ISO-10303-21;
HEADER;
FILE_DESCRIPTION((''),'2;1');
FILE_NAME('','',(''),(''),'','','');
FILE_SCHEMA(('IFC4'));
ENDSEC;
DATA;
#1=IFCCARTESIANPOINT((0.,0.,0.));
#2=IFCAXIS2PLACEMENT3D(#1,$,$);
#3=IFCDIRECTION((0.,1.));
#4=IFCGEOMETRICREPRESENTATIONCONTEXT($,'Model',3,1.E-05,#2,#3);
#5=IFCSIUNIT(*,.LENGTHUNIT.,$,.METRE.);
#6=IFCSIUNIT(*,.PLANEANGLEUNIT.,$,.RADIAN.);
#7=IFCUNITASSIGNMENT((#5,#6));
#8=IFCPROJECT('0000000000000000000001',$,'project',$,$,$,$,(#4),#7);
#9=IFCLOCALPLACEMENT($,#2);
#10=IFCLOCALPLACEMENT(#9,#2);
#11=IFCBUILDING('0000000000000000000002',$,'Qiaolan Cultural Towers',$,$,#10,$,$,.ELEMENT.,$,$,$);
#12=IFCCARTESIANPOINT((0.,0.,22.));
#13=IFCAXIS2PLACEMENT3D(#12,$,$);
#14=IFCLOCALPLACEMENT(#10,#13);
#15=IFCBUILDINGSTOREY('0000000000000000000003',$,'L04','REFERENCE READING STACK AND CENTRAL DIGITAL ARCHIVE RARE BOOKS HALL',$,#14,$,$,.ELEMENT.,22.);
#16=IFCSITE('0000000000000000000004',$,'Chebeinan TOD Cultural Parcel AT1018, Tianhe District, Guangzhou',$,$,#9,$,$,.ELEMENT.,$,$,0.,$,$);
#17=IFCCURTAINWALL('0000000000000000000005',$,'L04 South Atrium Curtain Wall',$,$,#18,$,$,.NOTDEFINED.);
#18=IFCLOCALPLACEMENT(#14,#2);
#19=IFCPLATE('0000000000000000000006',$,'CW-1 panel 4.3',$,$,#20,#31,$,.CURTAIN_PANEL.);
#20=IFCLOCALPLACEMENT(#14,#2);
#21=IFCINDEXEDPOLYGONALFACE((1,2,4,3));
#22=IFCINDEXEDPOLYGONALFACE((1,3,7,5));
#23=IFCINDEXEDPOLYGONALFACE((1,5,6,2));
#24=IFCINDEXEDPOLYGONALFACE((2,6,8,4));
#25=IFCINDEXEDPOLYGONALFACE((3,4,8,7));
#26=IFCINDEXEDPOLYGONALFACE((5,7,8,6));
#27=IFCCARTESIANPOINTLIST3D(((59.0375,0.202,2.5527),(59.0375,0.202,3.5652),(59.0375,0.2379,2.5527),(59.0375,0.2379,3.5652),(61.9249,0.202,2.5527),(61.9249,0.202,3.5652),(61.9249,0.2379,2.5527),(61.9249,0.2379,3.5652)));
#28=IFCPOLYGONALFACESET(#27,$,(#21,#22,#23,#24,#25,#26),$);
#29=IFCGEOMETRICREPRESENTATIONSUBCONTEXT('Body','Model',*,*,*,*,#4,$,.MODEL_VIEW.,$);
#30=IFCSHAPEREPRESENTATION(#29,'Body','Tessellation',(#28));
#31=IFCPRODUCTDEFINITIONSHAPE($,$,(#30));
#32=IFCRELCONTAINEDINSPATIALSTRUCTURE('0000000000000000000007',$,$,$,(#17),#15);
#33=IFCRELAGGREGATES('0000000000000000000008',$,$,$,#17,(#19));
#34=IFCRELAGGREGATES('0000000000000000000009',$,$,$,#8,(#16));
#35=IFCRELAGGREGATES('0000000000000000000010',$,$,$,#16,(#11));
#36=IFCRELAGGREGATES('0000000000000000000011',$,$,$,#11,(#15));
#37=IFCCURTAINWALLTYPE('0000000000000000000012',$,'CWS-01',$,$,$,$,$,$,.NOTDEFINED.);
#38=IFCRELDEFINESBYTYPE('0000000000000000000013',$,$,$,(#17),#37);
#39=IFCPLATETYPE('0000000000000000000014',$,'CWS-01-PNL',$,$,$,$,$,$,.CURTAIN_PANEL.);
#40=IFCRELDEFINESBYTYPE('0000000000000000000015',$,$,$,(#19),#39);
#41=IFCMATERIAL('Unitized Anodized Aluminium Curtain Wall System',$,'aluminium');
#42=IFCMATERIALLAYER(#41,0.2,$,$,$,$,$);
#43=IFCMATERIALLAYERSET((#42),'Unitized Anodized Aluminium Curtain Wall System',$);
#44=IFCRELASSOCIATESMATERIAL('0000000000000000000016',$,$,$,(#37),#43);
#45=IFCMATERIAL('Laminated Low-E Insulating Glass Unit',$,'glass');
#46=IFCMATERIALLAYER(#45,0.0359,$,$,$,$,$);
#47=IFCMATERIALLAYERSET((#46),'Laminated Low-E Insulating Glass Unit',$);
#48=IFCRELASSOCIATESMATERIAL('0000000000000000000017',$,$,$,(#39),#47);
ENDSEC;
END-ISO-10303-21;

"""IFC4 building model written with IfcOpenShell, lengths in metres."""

from ifc_helpers import new_model, si_unit, direction, frame, origin, origin_2d, place, context, subcontext, project, spatial, rectangle, extrude, material, layer, layer_set, type_object, element, aggregate, save


model = new_model("IFC4")

# Units and contexts
model_context = context("Model", 3, precision=1e-05, world=origin(), true_north=direction((0.0, 1.0)))
body_context = subcontext(model_context, "Body", "Model", "MODEL_VIEW")
ifc_project = project(units=[si_unit("LENGTHUNIT", "METRE"), si_unit("PLANEANGLEUNIT", "RADIAN")], contexts=[model_context])

# Site, building, storey
site_placement = place(None, origin())
site = spatial("IfcSite", under=ifc_project, at=site_placement, Name="Chebeinan TOD Cultural Parcel AT1018, Tianhe District, Guangzhou", CompositionType="ELEMENT", RefElevation=0.0)
building_placement = place(site_placement, origin())
building = spatial("IfcBuilding", under=site, at=building_placement, Name="Qiaolan Cultural Towers", CompositionType="ELEMENT")
storey_placement = place(building_placement, frame((0.0, 0.0, 22.0)))
storey = spatial("IfcBuildingStorey", under=building, at=storey_placement, Name="L04", Description="REFERENCE READING STACK AND CENTRAL DIGITAL ARCHIVE RARE BOOKS HALL", CompositionType="ELEMENT", Elevation=22.0)

# Curtain wall, plate
ifc_material_1 = material(Name="Unitized Anodized Aluminium Curtain Wall System", Category="aluminium")
ifc_layer_1 = layer(ifc_material_1, 0.2)
ifc_layer_set_1 = layer_set([ifc_layer_1], Name="Unitized Anodized Aluminium Curtain Wall System")
curtain_wall_type = type_object("IfcCurtainWallType", Name="CWS-01", PredefinedType="NOTDEFINED", material=ifc_layer_set_1)
curtain_wall_placement = place(storey_placement, origin())
curtain_wall = element("IfcCurtainWall", 1, at=curtain_wall_placement, inside=storey, type_object=curtain_wall_type, Name="L04 South Atrium Curtain Wall", PredefinedType="NOTDEFINED")
ifc_material_2 = material(Name="Laminated Low-E Insulating Glass Unit", Category="glass")
ifc_layer_2 = layer(ifc_material_2, 0.0359)
ifc_layer_set_2 = layer_set([ifc_layer_2], Name="Laminated Low-E Insulating Glass Unit")
plate_type = type_object("IfcPlateType", Name="CWS-01-PNL", PredefinedType="CURTAIN_PANEL", material=ifc_layer_set_2)
plate_1_placement = place(storey_placement, frame((60.4812, 0.22, 2.5527), z_axis=(0.0, 0.0, 1.0), x_axis=(1.0, 0.0, 0.0)))
plate_1 = element("IfcPlate", 2, at=plate_1_placement, type_object=plate_type, Name="CW-1 panel 4.3", PredefinedType="CURTAIN_PANEL", context=body_context, shape_type="SweptSolid", body=[
    extrude(rectangle(XDim=2.8875, YDim=0.0359, at=origin_2d()), origin(), (0.0, 0.0, 1.0), 1.0125),
])
aggregate(curtain_wall, [plate_1])

save(model, "model.ifc")
